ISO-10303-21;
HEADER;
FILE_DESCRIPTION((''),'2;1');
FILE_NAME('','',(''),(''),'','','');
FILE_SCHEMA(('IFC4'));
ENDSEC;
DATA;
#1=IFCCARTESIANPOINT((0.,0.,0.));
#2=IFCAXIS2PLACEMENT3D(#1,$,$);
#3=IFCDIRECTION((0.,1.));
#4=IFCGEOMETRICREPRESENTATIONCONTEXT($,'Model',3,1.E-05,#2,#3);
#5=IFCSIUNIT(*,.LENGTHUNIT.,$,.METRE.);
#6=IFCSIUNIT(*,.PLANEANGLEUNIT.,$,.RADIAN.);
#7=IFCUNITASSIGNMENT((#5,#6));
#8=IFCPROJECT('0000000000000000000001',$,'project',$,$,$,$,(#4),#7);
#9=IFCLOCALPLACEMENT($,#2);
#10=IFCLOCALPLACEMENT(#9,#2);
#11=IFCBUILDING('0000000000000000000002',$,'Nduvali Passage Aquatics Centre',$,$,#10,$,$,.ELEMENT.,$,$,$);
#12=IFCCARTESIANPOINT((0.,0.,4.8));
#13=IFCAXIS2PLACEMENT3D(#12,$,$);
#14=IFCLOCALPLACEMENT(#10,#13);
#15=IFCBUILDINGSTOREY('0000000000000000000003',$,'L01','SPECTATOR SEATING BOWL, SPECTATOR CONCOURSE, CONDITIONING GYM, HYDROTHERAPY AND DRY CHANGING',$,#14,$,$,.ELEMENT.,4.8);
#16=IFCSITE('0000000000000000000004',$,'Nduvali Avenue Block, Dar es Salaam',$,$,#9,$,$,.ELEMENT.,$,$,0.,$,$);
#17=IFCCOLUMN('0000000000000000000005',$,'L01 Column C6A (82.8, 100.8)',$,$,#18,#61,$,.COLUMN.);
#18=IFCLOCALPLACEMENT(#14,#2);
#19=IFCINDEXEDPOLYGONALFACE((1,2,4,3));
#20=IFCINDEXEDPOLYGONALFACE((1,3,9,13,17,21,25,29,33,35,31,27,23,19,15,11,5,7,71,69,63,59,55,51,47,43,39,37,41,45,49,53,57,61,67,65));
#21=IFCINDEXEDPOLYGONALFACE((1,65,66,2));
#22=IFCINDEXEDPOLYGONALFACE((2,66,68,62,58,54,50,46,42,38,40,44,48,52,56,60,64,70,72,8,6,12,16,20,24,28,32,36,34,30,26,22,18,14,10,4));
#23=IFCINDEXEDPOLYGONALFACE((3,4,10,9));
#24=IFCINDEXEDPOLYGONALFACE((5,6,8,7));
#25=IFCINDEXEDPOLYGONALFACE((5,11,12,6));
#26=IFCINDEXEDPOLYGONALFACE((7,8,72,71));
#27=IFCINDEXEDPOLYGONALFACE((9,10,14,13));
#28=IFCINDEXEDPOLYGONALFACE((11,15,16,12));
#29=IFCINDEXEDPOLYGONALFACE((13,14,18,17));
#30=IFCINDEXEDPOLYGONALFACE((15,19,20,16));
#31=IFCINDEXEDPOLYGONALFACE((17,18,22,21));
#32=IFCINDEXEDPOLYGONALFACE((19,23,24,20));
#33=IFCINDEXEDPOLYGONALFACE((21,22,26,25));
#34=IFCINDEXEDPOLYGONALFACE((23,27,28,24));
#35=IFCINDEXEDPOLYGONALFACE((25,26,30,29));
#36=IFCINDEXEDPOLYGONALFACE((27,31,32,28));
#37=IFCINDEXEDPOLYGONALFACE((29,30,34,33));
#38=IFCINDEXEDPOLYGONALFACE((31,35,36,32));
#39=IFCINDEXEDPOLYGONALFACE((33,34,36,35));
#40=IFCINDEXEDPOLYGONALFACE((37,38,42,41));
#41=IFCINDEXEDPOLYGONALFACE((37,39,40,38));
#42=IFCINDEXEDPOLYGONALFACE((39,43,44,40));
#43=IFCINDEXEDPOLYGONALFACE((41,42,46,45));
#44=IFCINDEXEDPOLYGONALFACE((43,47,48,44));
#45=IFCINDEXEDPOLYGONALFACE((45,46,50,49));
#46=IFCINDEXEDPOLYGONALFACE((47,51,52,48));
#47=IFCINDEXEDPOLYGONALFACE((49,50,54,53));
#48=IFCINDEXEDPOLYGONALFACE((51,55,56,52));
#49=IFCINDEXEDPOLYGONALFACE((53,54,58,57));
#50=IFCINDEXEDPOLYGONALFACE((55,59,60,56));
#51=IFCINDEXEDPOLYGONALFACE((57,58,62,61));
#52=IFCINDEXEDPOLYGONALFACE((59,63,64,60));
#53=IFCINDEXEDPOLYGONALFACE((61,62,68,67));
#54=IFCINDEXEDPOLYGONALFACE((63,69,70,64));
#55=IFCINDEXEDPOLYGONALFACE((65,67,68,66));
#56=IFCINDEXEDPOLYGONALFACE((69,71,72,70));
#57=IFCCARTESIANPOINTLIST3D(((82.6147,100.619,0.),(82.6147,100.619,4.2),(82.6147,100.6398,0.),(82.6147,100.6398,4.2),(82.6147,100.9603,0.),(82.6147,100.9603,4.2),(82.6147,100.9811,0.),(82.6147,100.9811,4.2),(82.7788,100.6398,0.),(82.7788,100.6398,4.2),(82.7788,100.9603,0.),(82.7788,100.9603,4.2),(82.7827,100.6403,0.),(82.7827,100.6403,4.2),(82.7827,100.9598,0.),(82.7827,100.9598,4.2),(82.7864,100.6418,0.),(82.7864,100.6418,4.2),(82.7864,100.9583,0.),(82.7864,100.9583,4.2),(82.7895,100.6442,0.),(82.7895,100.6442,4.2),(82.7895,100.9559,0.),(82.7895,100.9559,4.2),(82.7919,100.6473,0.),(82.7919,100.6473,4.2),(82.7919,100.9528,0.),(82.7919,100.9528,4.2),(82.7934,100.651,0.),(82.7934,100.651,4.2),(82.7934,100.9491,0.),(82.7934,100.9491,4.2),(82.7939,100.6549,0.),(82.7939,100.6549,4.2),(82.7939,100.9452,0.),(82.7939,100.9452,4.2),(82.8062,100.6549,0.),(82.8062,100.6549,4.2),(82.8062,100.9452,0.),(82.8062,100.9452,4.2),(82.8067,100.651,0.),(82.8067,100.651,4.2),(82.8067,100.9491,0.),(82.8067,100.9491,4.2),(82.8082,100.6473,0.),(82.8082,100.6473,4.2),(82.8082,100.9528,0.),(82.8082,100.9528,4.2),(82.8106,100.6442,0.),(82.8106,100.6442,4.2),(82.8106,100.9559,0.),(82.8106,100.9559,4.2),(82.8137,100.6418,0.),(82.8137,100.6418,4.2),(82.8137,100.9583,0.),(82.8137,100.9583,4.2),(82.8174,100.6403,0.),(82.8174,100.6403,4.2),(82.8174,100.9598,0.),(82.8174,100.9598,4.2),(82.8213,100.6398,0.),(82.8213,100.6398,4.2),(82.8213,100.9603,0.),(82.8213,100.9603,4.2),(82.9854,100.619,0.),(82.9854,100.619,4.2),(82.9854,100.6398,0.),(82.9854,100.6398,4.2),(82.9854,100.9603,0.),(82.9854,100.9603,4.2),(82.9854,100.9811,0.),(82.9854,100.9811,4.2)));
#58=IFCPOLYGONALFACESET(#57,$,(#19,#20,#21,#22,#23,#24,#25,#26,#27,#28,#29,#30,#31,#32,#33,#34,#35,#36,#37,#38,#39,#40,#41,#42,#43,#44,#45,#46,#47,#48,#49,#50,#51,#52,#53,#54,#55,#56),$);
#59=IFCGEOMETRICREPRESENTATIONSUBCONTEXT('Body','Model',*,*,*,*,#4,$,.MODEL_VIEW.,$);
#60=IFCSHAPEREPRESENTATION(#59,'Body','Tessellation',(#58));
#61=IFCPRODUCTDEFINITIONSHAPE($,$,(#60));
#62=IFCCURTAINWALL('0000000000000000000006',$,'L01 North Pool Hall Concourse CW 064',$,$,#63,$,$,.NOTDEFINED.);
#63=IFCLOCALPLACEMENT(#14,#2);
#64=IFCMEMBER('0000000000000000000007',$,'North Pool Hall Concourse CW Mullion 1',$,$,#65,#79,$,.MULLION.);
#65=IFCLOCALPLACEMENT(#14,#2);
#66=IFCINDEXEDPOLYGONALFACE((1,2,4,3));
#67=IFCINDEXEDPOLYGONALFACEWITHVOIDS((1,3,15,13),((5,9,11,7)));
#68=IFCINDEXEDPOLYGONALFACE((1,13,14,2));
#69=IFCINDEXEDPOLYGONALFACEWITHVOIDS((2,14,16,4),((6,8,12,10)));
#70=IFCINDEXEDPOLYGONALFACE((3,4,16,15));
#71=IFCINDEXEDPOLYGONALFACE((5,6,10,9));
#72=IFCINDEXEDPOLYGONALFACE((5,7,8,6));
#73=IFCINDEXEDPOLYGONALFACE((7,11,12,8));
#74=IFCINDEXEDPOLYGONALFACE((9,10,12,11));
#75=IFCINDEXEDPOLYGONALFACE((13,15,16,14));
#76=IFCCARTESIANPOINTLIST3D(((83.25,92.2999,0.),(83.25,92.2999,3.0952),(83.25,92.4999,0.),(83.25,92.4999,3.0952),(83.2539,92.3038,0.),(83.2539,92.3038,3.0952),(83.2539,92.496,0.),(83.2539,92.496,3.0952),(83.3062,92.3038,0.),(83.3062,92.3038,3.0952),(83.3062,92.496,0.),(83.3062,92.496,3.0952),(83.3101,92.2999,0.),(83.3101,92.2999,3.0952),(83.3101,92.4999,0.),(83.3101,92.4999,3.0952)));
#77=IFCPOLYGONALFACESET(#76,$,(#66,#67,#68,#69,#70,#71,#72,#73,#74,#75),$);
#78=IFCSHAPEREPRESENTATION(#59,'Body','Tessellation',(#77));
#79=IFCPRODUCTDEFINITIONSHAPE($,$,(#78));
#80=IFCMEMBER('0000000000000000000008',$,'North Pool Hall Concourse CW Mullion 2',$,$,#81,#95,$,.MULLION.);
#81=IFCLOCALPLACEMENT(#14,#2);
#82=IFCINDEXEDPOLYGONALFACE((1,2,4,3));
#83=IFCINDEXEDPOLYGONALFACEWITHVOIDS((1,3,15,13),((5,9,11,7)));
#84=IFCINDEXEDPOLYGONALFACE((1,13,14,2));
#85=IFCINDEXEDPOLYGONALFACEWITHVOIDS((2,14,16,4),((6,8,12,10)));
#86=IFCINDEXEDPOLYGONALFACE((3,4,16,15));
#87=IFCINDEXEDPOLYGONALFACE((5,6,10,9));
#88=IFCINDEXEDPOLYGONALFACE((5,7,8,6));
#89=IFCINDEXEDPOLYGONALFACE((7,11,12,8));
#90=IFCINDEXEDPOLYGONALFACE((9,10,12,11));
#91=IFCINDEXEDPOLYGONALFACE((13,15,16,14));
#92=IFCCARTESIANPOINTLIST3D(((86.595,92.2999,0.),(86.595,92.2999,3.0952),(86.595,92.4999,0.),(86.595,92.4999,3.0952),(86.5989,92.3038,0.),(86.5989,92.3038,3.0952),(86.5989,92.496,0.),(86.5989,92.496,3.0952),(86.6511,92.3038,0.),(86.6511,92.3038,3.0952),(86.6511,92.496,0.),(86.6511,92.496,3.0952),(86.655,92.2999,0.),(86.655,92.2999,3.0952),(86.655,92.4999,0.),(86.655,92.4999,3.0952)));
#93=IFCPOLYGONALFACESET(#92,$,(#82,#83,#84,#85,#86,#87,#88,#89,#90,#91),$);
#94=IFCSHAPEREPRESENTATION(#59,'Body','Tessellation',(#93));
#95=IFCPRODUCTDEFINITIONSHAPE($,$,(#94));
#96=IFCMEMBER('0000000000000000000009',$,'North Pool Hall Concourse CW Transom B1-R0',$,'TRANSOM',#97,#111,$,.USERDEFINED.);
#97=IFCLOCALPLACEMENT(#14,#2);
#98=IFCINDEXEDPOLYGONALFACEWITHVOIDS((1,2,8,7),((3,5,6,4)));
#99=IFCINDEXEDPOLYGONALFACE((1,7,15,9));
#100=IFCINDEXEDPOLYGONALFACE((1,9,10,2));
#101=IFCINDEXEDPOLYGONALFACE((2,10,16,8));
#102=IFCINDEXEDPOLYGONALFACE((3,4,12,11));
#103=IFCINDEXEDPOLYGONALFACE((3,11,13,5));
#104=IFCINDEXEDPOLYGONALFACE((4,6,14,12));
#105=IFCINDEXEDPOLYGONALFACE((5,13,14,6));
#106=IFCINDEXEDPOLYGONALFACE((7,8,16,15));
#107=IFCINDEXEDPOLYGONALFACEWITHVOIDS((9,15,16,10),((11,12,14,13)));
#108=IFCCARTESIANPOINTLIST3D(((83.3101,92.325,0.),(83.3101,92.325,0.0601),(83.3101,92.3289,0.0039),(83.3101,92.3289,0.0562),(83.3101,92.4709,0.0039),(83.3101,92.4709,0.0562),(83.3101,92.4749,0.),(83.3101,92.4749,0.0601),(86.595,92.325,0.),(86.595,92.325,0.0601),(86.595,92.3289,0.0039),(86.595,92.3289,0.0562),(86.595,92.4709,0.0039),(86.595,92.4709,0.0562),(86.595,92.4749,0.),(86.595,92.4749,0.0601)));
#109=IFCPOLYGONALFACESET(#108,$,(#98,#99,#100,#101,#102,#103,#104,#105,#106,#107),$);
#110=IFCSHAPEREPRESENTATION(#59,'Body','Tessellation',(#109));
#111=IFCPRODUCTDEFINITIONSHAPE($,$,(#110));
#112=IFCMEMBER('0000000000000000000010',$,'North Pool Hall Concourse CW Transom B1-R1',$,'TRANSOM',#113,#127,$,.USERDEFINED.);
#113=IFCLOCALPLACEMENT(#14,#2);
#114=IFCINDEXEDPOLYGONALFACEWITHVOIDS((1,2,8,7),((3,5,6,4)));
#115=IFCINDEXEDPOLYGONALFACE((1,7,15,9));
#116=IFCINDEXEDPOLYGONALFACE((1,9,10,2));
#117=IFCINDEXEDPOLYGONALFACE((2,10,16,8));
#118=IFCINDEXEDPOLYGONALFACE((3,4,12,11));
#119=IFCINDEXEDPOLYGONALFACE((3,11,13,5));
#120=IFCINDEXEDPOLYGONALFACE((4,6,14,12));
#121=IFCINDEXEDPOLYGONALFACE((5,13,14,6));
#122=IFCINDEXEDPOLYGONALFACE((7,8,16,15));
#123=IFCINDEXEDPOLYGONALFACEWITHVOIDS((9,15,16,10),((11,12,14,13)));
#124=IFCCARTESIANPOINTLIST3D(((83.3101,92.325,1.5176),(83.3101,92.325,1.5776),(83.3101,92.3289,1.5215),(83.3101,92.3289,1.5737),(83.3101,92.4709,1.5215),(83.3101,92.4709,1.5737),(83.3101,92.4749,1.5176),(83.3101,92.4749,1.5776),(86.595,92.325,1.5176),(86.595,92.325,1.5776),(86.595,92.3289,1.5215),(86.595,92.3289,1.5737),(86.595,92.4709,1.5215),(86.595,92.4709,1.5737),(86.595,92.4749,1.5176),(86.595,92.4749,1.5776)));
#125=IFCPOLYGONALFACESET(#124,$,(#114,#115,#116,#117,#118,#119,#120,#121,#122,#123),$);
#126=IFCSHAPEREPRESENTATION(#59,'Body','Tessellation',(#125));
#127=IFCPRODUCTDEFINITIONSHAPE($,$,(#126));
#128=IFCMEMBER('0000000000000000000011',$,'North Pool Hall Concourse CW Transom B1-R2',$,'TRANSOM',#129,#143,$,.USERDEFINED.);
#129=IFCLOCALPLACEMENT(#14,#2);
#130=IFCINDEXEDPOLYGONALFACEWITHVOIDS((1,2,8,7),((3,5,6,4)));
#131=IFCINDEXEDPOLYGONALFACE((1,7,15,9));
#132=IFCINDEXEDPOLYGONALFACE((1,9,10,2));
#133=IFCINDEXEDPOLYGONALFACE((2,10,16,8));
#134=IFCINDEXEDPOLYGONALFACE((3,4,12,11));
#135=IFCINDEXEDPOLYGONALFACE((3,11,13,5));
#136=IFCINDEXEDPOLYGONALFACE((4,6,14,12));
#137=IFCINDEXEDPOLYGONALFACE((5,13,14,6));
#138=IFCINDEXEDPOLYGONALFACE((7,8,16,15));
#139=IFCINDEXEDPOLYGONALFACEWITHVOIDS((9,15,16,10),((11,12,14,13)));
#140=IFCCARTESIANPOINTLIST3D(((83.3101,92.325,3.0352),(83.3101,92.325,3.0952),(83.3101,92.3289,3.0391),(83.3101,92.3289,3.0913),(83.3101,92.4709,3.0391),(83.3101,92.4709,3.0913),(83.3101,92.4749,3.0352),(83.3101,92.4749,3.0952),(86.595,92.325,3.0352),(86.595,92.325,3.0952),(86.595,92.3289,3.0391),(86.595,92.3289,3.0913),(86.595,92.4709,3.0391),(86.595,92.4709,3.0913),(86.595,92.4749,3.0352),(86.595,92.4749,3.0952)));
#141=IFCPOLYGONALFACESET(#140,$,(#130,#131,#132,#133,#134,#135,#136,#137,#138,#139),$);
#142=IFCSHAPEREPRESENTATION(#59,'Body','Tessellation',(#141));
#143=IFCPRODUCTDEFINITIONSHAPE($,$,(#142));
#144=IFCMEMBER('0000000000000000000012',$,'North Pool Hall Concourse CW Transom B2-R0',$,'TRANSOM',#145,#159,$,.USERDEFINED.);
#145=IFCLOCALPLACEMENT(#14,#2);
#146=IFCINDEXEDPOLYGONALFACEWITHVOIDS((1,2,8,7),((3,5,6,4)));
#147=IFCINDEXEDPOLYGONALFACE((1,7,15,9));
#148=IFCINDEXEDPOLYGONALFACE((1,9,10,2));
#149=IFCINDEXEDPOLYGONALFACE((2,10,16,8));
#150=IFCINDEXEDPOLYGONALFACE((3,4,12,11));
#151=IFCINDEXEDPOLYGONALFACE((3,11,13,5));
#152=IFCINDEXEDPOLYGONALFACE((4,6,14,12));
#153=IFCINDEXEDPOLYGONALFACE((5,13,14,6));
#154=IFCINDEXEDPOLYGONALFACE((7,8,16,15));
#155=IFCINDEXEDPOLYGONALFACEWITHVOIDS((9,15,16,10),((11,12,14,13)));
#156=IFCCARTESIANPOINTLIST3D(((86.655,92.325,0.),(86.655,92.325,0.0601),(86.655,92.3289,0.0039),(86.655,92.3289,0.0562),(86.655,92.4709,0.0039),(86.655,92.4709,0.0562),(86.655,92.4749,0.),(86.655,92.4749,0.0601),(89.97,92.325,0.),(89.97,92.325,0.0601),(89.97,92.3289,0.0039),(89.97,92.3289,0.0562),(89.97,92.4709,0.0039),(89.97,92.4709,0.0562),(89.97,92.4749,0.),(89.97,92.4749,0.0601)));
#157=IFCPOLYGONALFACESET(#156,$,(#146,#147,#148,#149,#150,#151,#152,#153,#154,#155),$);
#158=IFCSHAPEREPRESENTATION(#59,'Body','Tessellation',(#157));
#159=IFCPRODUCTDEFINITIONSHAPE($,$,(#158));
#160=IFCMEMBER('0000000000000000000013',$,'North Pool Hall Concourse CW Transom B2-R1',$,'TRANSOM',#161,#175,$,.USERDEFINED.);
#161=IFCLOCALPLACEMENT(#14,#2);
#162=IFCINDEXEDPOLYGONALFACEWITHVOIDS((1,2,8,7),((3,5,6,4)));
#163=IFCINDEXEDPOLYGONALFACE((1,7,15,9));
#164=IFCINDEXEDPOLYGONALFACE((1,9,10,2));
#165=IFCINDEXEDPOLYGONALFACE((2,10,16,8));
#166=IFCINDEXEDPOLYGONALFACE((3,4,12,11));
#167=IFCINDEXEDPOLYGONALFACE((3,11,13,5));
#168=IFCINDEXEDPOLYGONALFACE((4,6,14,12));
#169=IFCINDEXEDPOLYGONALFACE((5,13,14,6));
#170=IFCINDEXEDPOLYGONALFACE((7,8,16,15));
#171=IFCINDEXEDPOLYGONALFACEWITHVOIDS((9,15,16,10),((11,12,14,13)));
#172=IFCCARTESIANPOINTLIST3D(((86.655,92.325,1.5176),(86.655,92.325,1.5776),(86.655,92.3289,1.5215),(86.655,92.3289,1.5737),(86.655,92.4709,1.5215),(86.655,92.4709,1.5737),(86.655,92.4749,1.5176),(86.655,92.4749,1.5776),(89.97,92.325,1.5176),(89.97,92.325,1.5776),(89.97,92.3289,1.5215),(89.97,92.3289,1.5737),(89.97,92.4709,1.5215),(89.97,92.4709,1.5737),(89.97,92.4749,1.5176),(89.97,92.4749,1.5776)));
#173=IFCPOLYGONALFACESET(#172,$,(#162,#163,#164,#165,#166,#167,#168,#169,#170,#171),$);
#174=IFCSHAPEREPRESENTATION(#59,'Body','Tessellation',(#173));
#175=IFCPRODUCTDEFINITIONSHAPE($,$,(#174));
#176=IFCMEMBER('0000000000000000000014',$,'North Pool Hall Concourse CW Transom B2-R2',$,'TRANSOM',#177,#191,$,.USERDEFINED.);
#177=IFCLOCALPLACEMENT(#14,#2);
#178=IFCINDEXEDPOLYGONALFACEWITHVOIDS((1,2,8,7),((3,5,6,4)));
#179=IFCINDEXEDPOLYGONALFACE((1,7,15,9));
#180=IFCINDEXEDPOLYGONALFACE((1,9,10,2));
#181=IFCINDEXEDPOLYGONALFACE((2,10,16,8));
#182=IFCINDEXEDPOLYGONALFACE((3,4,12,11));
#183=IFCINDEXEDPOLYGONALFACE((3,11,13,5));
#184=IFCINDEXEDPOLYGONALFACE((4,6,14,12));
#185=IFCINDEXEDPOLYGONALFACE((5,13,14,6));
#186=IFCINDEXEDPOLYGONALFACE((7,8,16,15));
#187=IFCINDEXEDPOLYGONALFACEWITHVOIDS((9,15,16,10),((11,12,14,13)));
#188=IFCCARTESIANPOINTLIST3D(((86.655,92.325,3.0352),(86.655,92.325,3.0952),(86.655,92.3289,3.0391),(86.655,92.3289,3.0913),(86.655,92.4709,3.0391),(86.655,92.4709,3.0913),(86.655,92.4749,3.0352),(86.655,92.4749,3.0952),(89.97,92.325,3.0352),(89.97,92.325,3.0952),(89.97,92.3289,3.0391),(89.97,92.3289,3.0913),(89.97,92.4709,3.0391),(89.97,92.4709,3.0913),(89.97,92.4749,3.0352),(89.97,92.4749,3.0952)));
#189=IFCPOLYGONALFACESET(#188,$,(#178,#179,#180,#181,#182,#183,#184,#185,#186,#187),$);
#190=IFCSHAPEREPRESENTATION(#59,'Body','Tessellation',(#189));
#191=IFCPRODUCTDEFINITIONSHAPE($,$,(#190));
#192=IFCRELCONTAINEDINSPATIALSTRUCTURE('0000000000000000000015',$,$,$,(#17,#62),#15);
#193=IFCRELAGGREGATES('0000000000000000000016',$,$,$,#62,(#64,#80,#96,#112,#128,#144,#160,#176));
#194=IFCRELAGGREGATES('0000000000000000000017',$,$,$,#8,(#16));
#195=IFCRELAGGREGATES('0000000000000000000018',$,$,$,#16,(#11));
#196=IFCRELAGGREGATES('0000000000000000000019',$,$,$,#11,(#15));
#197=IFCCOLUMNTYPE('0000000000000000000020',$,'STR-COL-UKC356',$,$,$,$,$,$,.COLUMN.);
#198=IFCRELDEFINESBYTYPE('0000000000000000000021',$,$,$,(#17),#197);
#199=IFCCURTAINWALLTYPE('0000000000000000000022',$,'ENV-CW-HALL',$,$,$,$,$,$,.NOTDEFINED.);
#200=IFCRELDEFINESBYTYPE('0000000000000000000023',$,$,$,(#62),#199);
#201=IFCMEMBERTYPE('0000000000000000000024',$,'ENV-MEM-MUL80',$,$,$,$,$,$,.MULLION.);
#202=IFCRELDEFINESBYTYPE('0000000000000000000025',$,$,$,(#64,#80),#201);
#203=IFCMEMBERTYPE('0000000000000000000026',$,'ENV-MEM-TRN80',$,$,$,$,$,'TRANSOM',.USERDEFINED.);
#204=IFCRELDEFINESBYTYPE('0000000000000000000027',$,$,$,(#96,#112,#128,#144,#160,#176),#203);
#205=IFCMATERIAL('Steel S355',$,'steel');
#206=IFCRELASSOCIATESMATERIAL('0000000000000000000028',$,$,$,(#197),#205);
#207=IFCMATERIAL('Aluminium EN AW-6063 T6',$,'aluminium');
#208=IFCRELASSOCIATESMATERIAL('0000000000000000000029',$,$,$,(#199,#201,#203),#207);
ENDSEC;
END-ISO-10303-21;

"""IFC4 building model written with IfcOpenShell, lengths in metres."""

from ifc_helpers import new_model, si_unit, direction, frame, origin, origin_2d, place, context, subcontext, project, spatial, hollow_rectangle, i_section, extrude, material, material_profile, profile_set, type_object, element, aggregate, save


model = new_model("IFC4")

# Units and contexts
model_context = context("Model", 3, precision=1e-05, world=origin(), true_north=direction((0.0, 1.0)))
body_context = subcontext(model_context, "Body", "Model", "MODEL_VIEW")
ifc_project = project(units=[si_unit("LENGTHUNIT", "METRE"), si_unit("PLANEANGLEUNIT", "RADIAN")], contexts=[model_context])

# Site, building, storey
site_placement = place(None, origin())
site = spatial("IfcSite", under=ifc_project, at=site_placement, Name="Nduvali Avenue Block, Dar es Salaam", CompositionType="ELEMENT", RefElevation=0.0)
building_placement = place(site_placement, origin())
building = spatial("IfcBuilding", under=site, at=building_placement, Name="Nduvali Passage Aquatics Centre", CompositionType="ELEMENT")
storey_placement = place(building_placement, frame((0.0, 0.0, 4.8)))
storey = spatial("IfcBuildingStorey", under=building, at=storey_placement, Name="L01", Description="SPECTATOR SEATING BOWL, SPECTATOR CONCOURSE, CONDITIONING GYM, HYDROTHERAPY AND DRY CHANGING", CompositionType="ELEMENT", Elevation=4.8)

# Column
ifc_material_1 = material(Name="Steel S355", Category="steel")
ifc_material_profile_1 = material_profile(ifc_material_1, i_section(OverallWidth=0.3706, OverallDepth=0.3621, WebThickness=0.0122, FlangeThickness=0.0208, FilletRadius=0.0151, at=origin_2d()), Name="UKC 356x368x153")
ifc_profile_set_1 = profile_set([ifc_material_profile_1], Name="Steel S355")
column_type = type_object("IfcColumnType", Name="STR-COL-UKC356", PredefinedType="COLUMN", material=ifc_profile_set_1)
column_placement = place(storey_placement, frame((82.8, 100.8, 0.0), z_axis=(0.0, 0.0, 1.0), x_axis=(1.0, 0.0, 0.0)))
element("IfcColumn", 1, at=column_placement, inside=storey, type_object=column_type, Name="L01 Column C6A (82.8, 100.8)", PredefinedType="COLUMN", context=body_context, shape_type="SweptSolid", body=[
    extrude(i_section(OverallWidth=0.3706, OverallDepth=0.3621, WebThickness=0.0122, FlangeThickness=0.0208, FilletRadius=0.0151, at=origin_2d()), origin(), (0.0, 0.0, 1.0), 4.2),
])

# Curtain wall, members
ifc_material_2 = material(Name="Aluminium EN AW-6063 T6", Category="aluminium")
curtain_wall_type = type_object("IfcCurtainWallType", Name="ENV-CW-HALL", PredefinedType="NOTDEFINED", material=ifc_material_2)
curtain_wall_placement = place(storey_placement, origin())
curtain_wall = element("IfcCurtainWall", 2, at=curtain_wall_placement, inside=storey, type_object=curtain_wall_type, Name="L01 North Pool Hall Concourse CW 064", PredefinedType="NOTDEFINED")
ifc_material_profile_2 = material_profile(ifc_material_2, hollow_rectangle(XDim=0.0601, YDim=0.2, WallThickness=0.0039, at=origin_2d()), Name="ALU MULLION 60x200x4")
ifc_profile_set_2 = profile_set([ifc_material_profile_2], Name="Aluminium EN AW-6063 T6")
member_type_1 = type_object("IfcMemberType", Name="ENV-MEM-MUL80", PredefinedType="MULLION", material=ifc_profile_set_2)
member_1_placement = place(storey_placement, frame((83.28, 92.3999, 0.0), z_axis=(0.0, 0.0, 1.0), x_axis=(1.0, 0.0, 0.0)))
member_1 = element("IfcMember", 3, at=member_1_placement, type_object=member_type_1, Name="North Pool Hall Concourse CW Mullion 1", PredefinedType="MULLION", context=body_context, shape_type="SweptSolid", body=[
    extrude(hollow_rectangle(XDim=0.0601, YDim=0.2, WallThickness=0.0039, at=origin_2d()), origin(), (0.0, 0.0, 1.0), 3.0952),
])
member_2_placement = place(storey_placement, frame((86.625, 92.3999, 0.0), z_axis=(0.0, 0.0, 1.0), x_axis=(1.0, 0.0, 0.0)))
member_2 = element("IfcMember", 4, at=member_2_placement, type_object=member_type_1, Name="North Pool Hall Concourse CW Mullion 2", PredefinedType="MULLION", context=body_context, shape_type="SweptSolid", body=[
    extrude(hollow_rectangle(XDim=0.0601, YDim=0.2, WallThickness=0.0039, at=origin_2d()), origin(), (0.0, 0.0, 1.0), 3.0952),
])
ifc_material_profile_3 = material_profile(ifc_material_2, hollow_rectangle(XDim=0.1499, YDim=0.0601, WallThickness=0.0039, at=origin_2d()), Name="ALU TRANSOM 150x60x4")
ifc_profile_set_3 = profile_set([ifc_material_profile_3], Name="Aluminium EN AW-6063 T6")
member_type_2 = type_object("IfcMemberType", Name="ENV-MEM-TRN80", ElementType="TRANSOM", PredefinedType="USERDEFINED", material=ifc_profile_set_3)
member_3_placement = place(storey_placement, frame((83.3101, 92.3999, 0.03), z_axis=(1.0, 0.0, 0.0), x_axis=(0.0, 1.0, 0.0)))
member_3 = element("IfcMember", 5, at=member_3_placement, type_object=member_type_2, Name="North Pool Hall Concourse CW Transom B1-R0", ObjectType="TRANSOM", PredefinedType="USERDEFINED", context=body_context, shape_type="SweptSolid", body=[
    extrude(hollow_rectangle(XDim=0.1499, YDim=0.0601, WallThickness=0.0039, at=origin_2d()), origin(), (0.0, 0.0, 1.0), 3.2849),
])
member_4_placement = place(storey_placement, frame((83.3101, 92.3999, 1.5476), z_axis=(1.0, 0.0, 0.0), x_axis=(0.0, 1.0, 0.0)))
member_4 = element("IfcMember", 6, at=member_4_placement, type_object=member_type_2, Name="North Pool Hall Concourse CW Transom B1-R1", ObjectType="TRANSOM", PredefinedType="USERDEFINED", context=body_context, shape_type="SweptSolid", body=[
    extrude(hollow_rectangle(XDim=0.1499, YDim=0.0601, WallThickness=0.0039, at=origin_2d()), origin(), (0.0, 0.0, 1.0), 3.2849),
])
member_5_placement = place(storey_placement, frame((83.3101, 92.3999, 3.0652), z_axis=(1.0, 0.0, 0.0), x_axis=(0.0, 1.0, 0.0)))
member_5 = element("IfcMember", 7, at=member_5_placement, type_object=member_type_2, Name="North Pool Hall Concourse CW Transom B1-R2", ObjectType="TRANSOM", PredefinedType="USERDEFINED", context=body_context, shape_type="SweptSolid", body=[
    extrude(hollow_rectangle(XDim=0.1499, YDim=0.0601, WallThickness=0.0039, at=origin_2d()), origin(), (0.0, 0.0, 1.0), 3.2849),
])
member_6_placement = place(storey_placement, frame((86.655, 92.3999, 0.03), z_axis=(1.0, 0.0, 0.0), x_axis=(0.0, 1.0, 0.0)))
member_6 = element("IfcMember", 8, at=member_6_placement, type_object=member_type_2, Name="North Pool Hall Concourse CW Transom B2-R0", ObjectType="TRANSOM", PredefinedType="USERDEFINED", context=body_context, shape_type="SweptSolid", body=[
    extrude(hollow_rectangle(XDim=0.1499, YDim=0.0601, WallThickness=0.0039, at=origin_2d()), origin(), (0.0, 0.0, 1.0), 3.3149),
])
member_7_placement = place(storey_placement, frame((86.655, 92.3999, 1.5476), z_axis=(1.0, 0.0, 0.0), x_axis=(0.0, 1.0, 0.0)))
member_7 = element("IfcMember", 9, at=member_7_placement, type_object=member_type_2, Name="North Pool Hall Concourse CW Transom B2-R1", ObjectType="TRANSOM", PredefinedType="USERDEFINED", context=body_context, shape_type="SweptSolid", body=[
    extrude(hollow_rectangle(XDim=0.1499, YDim=0.0601, WallThickness=0.0039, at=origin_2d()), origin(), (0.0, 0.0, 1.0), 3.3149),
])
member_8_placement = place(storey_placement, frame((86.655, 92.3999, 3.0652), z_axis=(1.0, 0.0, 0.0), x_axis=(0.0, 1.0, 0.0)))
member_8 = element("IfcMember", 10, at=member_8_placement, type_object=member_type_2, Name="North Pool Hall Concourse CW Transom B2-R2", ObjectType="TRANSOM", PredefinedType="USERDEFINED", context=body_context, shape_type="SweptSolid", body=[
    extrude(hollow_rectangle(XDim=0.1499, YDim=0.0601, WallThickness=0.0039, at=origin_2d()), origin(), (0.0, 0.0, 1.0), 3.3149),
])

aggregate(curtain_wall, [member_1, member_2, member_3, member_4, member_5, member_6, member_7, member_8])

save(model, "model.ifc")
